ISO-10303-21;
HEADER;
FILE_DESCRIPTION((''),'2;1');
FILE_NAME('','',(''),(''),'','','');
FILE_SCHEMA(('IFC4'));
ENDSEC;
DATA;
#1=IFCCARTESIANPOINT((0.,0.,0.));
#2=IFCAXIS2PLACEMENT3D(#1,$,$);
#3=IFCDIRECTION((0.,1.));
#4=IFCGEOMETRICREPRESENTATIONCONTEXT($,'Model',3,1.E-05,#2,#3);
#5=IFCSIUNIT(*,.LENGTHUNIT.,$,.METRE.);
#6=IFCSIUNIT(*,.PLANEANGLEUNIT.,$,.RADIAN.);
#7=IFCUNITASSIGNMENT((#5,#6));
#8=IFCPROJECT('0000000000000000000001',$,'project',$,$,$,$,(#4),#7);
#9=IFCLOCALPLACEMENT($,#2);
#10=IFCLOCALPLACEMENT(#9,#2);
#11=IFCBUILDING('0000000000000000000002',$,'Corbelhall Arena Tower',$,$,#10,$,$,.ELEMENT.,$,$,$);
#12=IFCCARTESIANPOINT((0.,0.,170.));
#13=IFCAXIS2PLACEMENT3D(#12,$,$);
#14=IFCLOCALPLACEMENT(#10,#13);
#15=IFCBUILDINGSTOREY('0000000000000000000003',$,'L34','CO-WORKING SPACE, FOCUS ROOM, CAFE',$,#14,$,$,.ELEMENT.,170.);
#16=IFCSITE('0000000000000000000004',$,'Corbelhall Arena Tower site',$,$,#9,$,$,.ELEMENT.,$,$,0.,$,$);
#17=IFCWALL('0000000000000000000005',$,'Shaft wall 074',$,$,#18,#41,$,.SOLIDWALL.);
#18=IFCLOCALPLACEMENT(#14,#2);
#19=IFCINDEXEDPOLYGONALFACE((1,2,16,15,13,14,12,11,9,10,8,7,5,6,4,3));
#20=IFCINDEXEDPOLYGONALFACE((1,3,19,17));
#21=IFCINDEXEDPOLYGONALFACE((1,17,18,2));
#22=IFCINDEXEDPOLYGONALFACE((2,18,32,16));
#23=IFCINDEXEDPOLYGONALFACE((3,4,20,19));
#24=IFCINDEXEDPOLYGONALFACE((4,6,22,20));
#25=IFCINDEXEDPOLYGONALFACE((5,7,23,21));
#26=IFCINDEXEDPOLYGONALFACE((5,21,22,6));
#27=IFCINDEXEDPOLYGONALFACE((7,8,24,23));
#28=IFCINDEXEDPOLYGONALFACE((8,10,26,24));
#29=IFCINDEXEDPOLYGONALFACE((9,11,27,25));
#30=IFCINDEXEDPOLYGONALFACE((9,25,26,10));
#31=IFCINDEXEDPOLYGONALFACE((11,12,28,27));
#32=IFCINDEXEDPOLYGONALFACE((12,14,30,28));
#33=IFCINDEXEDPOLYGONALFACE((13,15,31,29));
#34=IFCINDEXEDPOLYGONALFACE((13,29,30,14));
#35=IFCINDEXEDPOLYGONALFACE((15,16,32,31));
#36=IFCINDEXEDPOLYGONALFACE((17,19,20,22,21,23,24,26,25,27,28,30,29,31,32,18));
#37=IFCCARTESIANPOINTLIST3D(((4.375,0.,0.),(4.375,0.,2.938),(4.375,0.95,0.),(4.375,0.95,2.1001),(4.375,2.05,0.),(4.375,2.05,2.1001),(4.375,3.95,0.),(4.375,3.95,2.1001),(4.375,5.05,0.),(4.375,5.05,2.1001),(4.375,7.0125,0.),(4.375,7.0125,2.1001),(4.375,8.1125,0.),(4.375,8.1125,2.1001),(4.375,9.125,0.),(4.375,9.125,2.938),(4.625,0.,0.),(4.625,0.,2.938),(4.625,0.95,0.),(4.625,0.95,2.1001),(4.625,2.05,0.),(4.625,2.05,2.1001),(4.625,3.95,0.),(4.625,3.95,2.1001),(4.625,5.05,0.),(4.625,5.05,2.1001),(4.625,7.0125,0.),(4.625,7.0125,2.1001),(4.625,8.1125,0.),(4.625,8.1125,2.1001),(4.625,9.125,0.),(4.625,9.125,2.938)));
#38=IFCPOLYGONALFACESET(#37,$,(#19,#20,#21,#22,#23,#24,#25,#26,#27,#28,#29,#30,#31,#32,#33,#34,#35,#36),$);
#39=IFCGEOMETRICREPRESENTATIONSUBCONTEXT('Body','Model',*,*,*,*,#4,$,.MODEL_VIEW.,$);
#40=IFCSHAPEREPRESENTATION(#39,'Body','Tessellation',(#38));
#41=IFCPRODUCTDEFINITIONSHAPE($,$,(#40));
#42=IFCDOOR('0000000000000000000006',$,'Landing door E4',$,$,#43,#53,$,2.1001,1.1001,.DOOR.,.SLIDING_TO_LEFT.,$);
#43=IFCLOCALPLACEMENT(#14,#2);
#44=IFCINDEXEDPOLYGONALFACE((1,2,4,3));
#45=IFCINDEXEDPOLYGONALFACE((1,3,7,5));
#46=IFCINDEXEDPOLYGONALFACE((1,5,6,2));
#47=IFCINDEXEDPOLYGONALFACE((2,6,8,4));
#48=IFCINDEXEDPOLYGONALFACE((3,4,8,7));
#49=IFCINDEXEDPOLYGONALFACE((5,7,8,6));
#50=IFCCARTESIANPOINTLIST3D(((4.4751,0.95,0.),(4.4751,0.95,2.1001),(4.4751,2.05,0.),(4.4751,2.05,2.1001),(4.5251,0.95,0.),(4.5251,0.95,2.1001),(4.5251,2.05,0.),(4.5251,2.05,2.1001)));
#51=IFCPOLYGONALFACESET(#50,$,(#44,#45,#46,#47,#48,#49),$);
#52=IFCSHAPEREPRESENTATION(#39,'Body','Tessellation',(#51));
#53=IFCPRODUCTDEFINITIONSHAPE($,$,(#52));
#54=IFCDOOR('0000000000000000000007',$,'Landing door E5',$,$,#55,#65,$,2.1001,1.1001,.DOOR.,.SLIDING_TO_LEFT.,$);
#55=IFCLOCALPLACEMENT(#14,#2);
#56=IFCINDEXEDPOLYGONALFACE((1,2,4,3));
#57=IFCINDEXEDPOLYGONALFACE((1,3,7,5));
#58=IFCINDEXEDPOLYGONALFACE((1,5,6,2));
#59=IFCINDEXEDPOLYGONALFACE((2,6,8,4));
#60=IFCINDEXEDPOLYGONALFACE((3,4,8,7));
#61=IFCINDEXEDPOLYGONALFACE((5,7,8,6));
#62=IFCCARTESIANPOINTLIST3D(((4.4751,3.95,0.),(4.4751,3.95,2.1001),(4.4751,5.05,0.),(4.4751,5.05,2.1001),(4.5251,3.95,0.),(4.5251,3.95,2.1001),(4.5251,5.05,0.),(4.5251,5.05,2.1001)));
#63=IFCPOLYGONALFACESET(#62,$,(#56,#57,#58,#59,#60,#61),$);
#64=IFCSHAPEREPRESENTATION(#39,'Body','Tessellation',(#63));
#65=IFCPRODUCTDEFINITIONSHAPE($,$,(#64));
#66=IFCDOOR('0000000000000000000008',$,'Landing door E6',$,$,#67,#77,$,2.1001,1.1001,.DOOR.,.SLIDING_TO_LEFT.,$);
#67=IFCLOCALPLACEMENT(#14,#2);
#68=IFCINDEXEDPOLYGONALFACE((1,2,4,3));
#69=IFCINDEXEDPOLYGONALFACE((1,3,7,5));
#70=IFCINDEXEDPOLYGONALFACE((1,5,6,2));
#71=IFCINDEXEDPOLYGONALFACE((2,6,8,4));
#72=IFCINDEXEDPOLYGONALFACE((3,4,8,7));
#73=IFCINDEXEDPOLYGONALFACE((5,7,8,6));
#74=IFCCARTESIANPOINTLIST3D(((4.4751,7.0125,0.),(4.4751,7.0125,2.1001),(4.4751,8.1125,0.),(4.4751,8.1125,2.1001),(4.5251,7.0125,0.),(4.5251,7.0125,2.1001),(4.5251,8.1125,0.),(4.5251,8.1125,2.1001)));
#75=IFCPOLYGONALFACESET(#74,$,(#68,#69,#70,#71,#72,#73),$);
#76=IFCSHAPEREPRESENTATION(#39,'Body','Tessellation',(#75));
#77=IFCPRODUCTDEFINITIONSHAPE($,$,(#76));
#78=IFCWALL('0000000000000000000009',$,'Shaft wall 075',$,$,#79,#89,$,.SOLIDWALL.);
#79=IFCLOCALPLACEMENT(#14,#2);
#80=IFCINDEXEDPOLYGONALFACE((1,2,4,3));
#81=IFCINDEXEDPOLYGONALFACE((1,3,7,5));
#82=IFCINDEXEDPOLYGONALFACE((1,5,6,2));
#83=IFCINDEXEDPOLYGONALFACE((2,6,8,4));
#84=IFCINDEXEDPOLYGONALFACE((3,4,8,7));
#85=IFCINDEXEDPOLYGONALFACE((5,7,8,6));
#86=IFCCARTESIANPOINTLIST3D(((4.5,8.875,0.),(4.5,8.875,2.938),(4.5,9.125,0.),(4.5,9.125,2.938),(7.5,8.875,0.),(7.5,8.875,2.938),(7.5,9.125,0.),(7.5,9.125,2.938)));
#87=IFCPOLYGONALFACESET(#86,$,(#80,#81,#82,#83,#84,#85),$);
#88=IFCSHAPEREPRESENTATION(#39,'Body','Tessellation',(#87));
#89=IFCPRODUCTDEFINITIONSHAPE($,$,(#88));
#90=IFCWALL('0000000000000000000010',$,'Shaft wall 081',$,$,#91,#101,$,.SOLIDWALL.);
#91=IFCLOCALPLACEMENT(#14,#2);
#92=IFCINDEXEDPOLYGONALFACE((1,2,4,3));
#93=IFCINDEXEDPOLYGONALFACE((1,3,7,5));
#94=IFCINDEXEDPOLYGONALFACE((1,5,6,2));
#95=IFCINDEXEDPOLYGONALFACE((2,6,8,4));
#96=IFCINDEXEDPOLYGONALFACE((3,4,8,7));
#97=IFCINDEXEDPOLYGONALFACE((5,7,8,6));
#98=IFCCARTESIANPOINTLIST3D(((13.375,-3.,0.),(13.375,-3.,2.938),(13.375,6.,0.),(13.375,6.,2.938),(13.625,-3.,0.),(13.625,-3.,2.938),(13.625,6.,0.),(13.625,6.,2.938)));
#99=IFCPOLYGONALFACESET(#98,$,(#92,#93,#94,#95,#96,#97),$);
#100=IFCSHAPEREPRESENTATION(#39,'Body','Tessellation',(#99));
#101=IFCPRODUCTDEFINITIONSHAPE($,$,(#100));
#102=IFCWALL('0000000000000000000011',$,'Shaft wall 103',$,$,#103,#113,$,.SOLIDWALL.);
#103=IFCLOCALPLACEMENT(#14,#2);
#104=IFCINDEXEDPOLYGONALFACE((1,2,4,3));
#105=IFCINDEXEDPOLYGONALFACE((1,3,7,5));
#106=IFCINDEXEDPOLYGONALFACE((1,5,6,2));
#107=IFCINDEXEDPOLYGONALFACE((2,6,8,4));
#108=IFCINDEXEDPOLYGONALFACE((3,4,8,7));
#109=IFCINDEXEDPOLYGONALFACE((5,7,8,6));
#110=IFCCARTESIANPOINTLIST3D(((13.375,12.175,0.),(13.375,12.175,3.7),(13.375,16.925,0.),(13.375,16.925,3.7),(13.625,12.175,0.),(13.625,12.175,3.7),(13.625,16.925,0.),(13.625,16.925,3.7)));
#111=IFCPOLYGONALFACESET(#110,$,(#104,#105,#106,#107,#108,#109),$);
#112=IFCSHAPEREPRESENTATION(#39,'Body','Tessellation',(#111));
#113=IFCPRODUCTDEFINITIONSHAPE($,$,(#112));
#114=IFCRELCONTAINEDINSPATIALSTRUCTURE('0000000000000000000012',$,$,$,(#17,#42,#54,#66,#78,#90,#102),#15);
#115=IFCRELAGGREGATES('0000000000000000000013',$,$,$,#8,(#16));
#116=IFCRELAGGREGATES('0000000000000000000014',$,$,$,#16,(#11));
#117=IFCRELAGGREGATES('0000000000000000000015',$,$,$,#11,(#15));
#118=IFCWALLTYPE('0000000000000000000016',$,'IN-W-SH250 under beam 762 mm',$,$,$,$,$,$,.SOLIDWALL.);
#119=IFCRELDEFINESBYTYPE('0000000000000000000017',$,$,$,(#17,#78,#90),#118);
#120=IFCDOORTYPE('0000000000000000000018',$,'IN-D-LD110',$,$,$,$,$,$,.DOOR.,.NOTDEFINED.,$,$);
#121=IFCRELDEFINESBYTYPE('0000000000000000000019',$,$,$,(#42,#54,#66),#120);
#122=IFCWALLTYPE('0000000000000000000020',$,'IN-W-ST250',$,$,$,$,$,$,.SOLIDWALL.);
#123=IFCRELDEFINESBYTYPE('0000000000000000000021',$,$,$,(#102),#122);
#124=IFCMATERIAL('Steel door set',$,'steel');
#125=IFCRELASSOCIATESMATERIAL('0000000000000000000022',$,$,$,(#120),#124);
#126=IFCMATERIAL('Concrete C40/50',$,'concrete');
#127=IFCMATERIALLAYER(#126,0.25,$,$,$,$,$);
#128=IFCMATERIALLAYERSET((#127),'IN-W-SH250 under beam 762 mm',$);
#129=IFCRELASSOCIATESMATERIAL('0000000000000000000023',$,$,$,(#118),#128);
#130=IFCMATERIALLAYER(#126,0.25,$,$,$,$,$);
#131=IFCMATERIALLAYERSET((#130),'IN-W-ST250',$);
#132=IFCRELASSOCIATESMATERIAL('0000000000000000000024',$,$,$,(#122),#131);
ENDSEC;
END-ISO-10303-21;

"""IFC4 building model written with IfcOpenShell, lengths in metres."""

from ifc_helpers import new_model, si_unit, direction, frame, frame_2d, origin, place, context, subcontext, project, spatial, rectangle, extrude, material, layer, layer_set, type_object, element, fill, save


model = new_model("IFC4")

# Units and contexts
model_context = context("Model", 3, precision=1e-05, world=origin(), true_north=direction((0.0, 1.0)))
body_context = subcontext(model_context, "Body", "Model", "MODEL_VIEW")
ifc_project = project(units=[si_unit("LENGTHUNIT", "METRE"), si_unit("PLANEANGLEUNIT", "RADIAN")], contexts=[model_context])

# Site, building, storey
site_placement = place(None, origin())
site = spatial("IfcSite", under=ifc_project, at=site_placement, Name="Corbelhall Arena Tower site", CompositionType="ELEMENT", RefElevation=0.0)
building_placement = place(site_placement, origin())
building = spatial("IfcBuilding", under=site, at=building_placement, Name="Corbelhall Arena Tower", CompositionType="ELEMENT")
storey_placement = place(building_placement, frame((0.0, 0.0, 170.0)))
storey = spatial("IfcBuildingStorey", under=building, at=storey_placement, Name="L34", Description="CO-WORKING SPACE, FOCUS ROOM, CAFE", CompositionType="ELEMENT", Elevation=170.0)

# Shared definitions
ifc_material_1 = material(Name="Concrete C40/50", Category="concrete")

# Shared definitions
ifc_material_2 = material(Name="Steel door set", Category="steel")

# Shared definitions
door_type_1 = type_object("IfcDoorType", Name="IN-D-LD110", OperationType="NOTDEFINED", PredefinedType="DOOR", material=ifc_material_2)

# Wall, openings, doors
ifc_layer_1 = layer(ifc_material_1, 0.25)
ifc_layer_set_1 = layer_set([ifc_layer_1], Name="IN-W-SH250 under beam 762 mm")
wall_type_1 = type_object("IfcWallType", Name="IN-W-SH250 under beam 762 mm", PredefinedType="SOLIDWALL", material=ifc_layer_set_1)
wall_1_placement = place(storey_placement, frame((4.5, 0.0, 0.0), z_axis=(0.0, 0.0, 1.0), x_axis=(0.0, 1.0, 0.0)))
wall_1 = element("IfcWall", 1, at=wall_1_placement, inside=storey, type_object=wall_type_1, Name="Shaft wall 074", PredefinedType="SOLIDWALL", context=body_context, shape_type="SweptSolid", body=[
    extrude(rectangle(XDim=9.125, YDim=0.25, at=frame_2d((4.5625, 0.0))), origin(), (0.0, 0.0, 1.0), 2.938),
])
opening_1_placement = place(wall_1_placement, frame((0.95, 0.0, 0.0)))
opening_1 = element("IfcOpeningElement", 2, at=opening_1_placement, cuts=wall_1, PredefinedType="OPENING", context=body_context, shape_type="SweptSolid", body=[
    extrude(rectangle(XDim=1.1001, YDim=2.1001, at=frame_2d((0.55, 1.05))), frame((0.0, 0.125, 0.0), z_axis=(0.0, -1.0, 0.0), x_axis=(1.0, 0.0, 0.0)), (0.0, 0.0, 1.0), 0.25),
])
opening_2_placement = place(wall_1_placement, frame((3.95, 0.0, 0.0)))
opening_2 = element("IfcOpeningElement", 3, at=opening_2_placement, cuts=wall_1, PredefinedType="OPENING", context=body_context, shape_type="SweptSolid", body=[
    extrude(rectangle(XDim=1.1001, YDim=2.1001, at=frame_2d((0.55, 1.05))), frame((0.0, 0.125, 0.0), z_axis=(0.0, -1.0, 0.0), x_axis=(1.0, 0.0, 0.0)), (0.0, 0.0, 1.0), 0.25),
])
opening_3_placement = place(wall_1_placement, frame((7.0125, 0.0, 0.0)))
opening_3 = element("IfcOpeningElement", 4, at=opening_3_placement, cuts=wall_1, PredefinedType="OPENING", context=body_context, shape_type="SweptSolid", body=[
    extrude(rectangle(XDim=1.1001, YDim=2.1001, at=frame_2d((0.55, 1.05))), frame((0.0, 0.125, 0.0), z_axis=(0.0, -1.0, 0.0), x_axis=(1.0, 0.0, 0.0)), (0.0, 0.0, 1.0), 0.25),
])
door_1_placement = place(opening_1_placement, origin())
door_1 = element("IfcDoor", 5, at=door_1_placement, inside=storey, type_object=door_type_1, Name="Landing door E4", OperationType="SLIDING_TO_LEFT", OverallHeight=2.1001, OverallWidth=1.1001, PredefinedType="DOOR", context=body_context, shape_type="SweptSolid", body=[
    extrude(rectangle(XDim=1.1001, YDim=2.1001, at=frame_2d((0.55, 1.05))), frame((0.0, 0.0249, 0.0), z_axis=(0.0, -1.0, 0.0), x_axis=(1.0, 0.0, 0.0)), (0.0, 0.0, 1.0), 0.05),
])
fill(opening_1, door_1)
door_2_placement = place(opening_2_placement, origin())
door_2 = element("IfcDoor", 6, at=door_2_placement, inside=storey, type_object=door_type_1, Name="Landing door E5", OperationType="SLIDING_TO_LEFT", OverallHeight=2.1001, OverallWidth=1.1001, PredefinedType="DOOR", context=body_context, shape_type="SweptSolid", body=[
    extrude(rectangle(XDim=1.1001, YDim=2.1001, at=frame_2d((0.55, 1.05))), frame((0.0, 0.0249, 0.0), z_axis=(0.0, -1.0, 0.0), x_axis=(1.0, 0.0, 0.0)), (0.0, 0.0, 1.0), 0.05),
])
fill(opening_2, door_2)
door_3_placement = place(opening_3_placement, origin())
door_3 = element("IfcDoor", 7, at=door_3_placement, inside=storey, type_object=door_type_1, Name="Landing door E6", OperationType="SLIDING_TO_LEFT", OverallHeight=2.1001, OverallWidth=1.1001, PredefinedType="DOOR", context=body_context, shape_type="SweptSolid", body=[
    extrude(rectangle(XDim=1.1001, YDim=2.1001, at=frame_2d((0.55, 1.05))), frame((0.0, 0.0249, 0.0), z_axis=(0.0, -1.0, 0.0), x_axis=(1.0, 0.0, 0.0)), (0.0, 0.0, 1.0), 0.05),
])
fill(opening_3, door_3)

# Walls
wall_2_placement = place(storey_placement, frame((4.5, 9.0, 0.0), z_axis=(0.0, 0.0, 1.0), x_axis=(1.0, 0.0, 0.0)))
element("IfcWall", 8, at=wall_2_placement, inside=storey, type_object=wall_type_1, Name="Shaft wall 075", PredefinedType="SOLIDWALL", context=body_context, shape_type="SweptSolid", body=[
    extrude(rectangle(XDim=3.0, YDim=0.25, at=frame_2d((1.5, 0.0))), origin(), (0.0, 0.0, 1.0), 2.938),
])
wall_3_placement = place(storey_placement, frame((13.5, 6.0, 0.0), z_axis=(0.0, 0.0, 1.0), x_axis=(0.0, -1.0, 0.0)))
element("IfcWall", 9, at=wall_3_placement, inside=storey, type_object=wall_type_1, Name="Shaft wall 081", PredefinedType="SOLIDWALL", context=body_context, shape_type="SweptSolid", body=[
    extrude(rectangle(XDim=9.0, YDim=0.25, at=frame_2d((4.5, 0.0))), origin(), (0.0, 0.0, 1.0), 2.938),
])
ifc_layer_2 = layer(ifc_material_1, 0.25)
ifc_layer_set_2 = layer_set([ifc_layer_2], Name="IN-W-ST250")
wall_type_2 = type_object("IfcWallType", Name="IN-W-ST250", PredefinedType="SOLIDWALL", material=ifc_layer_set_2)
wall_4_placement = place(storey_placement, frame((13.5, 12.175, 0.0), z_axis=(0.0, 0.0, 1.0), x_axis=(0.0, 1.0, 0.0)))
element("IfcWall", 10, at=wall_4_placement, inside=storey, type_object=wall_type_2, Name="Shaft wall 103", PredefinedType="SOLIDWALL", context=body_context, shape_type="SweptSolid", body=[
    extrude(rectangle(XDim=4.75, YDim=0.25, at=frame_2d((2.375, 0.0))), origin(), (0.0, 0.0, 1.0), 3.7),
])

save(model, "model.ifc")
